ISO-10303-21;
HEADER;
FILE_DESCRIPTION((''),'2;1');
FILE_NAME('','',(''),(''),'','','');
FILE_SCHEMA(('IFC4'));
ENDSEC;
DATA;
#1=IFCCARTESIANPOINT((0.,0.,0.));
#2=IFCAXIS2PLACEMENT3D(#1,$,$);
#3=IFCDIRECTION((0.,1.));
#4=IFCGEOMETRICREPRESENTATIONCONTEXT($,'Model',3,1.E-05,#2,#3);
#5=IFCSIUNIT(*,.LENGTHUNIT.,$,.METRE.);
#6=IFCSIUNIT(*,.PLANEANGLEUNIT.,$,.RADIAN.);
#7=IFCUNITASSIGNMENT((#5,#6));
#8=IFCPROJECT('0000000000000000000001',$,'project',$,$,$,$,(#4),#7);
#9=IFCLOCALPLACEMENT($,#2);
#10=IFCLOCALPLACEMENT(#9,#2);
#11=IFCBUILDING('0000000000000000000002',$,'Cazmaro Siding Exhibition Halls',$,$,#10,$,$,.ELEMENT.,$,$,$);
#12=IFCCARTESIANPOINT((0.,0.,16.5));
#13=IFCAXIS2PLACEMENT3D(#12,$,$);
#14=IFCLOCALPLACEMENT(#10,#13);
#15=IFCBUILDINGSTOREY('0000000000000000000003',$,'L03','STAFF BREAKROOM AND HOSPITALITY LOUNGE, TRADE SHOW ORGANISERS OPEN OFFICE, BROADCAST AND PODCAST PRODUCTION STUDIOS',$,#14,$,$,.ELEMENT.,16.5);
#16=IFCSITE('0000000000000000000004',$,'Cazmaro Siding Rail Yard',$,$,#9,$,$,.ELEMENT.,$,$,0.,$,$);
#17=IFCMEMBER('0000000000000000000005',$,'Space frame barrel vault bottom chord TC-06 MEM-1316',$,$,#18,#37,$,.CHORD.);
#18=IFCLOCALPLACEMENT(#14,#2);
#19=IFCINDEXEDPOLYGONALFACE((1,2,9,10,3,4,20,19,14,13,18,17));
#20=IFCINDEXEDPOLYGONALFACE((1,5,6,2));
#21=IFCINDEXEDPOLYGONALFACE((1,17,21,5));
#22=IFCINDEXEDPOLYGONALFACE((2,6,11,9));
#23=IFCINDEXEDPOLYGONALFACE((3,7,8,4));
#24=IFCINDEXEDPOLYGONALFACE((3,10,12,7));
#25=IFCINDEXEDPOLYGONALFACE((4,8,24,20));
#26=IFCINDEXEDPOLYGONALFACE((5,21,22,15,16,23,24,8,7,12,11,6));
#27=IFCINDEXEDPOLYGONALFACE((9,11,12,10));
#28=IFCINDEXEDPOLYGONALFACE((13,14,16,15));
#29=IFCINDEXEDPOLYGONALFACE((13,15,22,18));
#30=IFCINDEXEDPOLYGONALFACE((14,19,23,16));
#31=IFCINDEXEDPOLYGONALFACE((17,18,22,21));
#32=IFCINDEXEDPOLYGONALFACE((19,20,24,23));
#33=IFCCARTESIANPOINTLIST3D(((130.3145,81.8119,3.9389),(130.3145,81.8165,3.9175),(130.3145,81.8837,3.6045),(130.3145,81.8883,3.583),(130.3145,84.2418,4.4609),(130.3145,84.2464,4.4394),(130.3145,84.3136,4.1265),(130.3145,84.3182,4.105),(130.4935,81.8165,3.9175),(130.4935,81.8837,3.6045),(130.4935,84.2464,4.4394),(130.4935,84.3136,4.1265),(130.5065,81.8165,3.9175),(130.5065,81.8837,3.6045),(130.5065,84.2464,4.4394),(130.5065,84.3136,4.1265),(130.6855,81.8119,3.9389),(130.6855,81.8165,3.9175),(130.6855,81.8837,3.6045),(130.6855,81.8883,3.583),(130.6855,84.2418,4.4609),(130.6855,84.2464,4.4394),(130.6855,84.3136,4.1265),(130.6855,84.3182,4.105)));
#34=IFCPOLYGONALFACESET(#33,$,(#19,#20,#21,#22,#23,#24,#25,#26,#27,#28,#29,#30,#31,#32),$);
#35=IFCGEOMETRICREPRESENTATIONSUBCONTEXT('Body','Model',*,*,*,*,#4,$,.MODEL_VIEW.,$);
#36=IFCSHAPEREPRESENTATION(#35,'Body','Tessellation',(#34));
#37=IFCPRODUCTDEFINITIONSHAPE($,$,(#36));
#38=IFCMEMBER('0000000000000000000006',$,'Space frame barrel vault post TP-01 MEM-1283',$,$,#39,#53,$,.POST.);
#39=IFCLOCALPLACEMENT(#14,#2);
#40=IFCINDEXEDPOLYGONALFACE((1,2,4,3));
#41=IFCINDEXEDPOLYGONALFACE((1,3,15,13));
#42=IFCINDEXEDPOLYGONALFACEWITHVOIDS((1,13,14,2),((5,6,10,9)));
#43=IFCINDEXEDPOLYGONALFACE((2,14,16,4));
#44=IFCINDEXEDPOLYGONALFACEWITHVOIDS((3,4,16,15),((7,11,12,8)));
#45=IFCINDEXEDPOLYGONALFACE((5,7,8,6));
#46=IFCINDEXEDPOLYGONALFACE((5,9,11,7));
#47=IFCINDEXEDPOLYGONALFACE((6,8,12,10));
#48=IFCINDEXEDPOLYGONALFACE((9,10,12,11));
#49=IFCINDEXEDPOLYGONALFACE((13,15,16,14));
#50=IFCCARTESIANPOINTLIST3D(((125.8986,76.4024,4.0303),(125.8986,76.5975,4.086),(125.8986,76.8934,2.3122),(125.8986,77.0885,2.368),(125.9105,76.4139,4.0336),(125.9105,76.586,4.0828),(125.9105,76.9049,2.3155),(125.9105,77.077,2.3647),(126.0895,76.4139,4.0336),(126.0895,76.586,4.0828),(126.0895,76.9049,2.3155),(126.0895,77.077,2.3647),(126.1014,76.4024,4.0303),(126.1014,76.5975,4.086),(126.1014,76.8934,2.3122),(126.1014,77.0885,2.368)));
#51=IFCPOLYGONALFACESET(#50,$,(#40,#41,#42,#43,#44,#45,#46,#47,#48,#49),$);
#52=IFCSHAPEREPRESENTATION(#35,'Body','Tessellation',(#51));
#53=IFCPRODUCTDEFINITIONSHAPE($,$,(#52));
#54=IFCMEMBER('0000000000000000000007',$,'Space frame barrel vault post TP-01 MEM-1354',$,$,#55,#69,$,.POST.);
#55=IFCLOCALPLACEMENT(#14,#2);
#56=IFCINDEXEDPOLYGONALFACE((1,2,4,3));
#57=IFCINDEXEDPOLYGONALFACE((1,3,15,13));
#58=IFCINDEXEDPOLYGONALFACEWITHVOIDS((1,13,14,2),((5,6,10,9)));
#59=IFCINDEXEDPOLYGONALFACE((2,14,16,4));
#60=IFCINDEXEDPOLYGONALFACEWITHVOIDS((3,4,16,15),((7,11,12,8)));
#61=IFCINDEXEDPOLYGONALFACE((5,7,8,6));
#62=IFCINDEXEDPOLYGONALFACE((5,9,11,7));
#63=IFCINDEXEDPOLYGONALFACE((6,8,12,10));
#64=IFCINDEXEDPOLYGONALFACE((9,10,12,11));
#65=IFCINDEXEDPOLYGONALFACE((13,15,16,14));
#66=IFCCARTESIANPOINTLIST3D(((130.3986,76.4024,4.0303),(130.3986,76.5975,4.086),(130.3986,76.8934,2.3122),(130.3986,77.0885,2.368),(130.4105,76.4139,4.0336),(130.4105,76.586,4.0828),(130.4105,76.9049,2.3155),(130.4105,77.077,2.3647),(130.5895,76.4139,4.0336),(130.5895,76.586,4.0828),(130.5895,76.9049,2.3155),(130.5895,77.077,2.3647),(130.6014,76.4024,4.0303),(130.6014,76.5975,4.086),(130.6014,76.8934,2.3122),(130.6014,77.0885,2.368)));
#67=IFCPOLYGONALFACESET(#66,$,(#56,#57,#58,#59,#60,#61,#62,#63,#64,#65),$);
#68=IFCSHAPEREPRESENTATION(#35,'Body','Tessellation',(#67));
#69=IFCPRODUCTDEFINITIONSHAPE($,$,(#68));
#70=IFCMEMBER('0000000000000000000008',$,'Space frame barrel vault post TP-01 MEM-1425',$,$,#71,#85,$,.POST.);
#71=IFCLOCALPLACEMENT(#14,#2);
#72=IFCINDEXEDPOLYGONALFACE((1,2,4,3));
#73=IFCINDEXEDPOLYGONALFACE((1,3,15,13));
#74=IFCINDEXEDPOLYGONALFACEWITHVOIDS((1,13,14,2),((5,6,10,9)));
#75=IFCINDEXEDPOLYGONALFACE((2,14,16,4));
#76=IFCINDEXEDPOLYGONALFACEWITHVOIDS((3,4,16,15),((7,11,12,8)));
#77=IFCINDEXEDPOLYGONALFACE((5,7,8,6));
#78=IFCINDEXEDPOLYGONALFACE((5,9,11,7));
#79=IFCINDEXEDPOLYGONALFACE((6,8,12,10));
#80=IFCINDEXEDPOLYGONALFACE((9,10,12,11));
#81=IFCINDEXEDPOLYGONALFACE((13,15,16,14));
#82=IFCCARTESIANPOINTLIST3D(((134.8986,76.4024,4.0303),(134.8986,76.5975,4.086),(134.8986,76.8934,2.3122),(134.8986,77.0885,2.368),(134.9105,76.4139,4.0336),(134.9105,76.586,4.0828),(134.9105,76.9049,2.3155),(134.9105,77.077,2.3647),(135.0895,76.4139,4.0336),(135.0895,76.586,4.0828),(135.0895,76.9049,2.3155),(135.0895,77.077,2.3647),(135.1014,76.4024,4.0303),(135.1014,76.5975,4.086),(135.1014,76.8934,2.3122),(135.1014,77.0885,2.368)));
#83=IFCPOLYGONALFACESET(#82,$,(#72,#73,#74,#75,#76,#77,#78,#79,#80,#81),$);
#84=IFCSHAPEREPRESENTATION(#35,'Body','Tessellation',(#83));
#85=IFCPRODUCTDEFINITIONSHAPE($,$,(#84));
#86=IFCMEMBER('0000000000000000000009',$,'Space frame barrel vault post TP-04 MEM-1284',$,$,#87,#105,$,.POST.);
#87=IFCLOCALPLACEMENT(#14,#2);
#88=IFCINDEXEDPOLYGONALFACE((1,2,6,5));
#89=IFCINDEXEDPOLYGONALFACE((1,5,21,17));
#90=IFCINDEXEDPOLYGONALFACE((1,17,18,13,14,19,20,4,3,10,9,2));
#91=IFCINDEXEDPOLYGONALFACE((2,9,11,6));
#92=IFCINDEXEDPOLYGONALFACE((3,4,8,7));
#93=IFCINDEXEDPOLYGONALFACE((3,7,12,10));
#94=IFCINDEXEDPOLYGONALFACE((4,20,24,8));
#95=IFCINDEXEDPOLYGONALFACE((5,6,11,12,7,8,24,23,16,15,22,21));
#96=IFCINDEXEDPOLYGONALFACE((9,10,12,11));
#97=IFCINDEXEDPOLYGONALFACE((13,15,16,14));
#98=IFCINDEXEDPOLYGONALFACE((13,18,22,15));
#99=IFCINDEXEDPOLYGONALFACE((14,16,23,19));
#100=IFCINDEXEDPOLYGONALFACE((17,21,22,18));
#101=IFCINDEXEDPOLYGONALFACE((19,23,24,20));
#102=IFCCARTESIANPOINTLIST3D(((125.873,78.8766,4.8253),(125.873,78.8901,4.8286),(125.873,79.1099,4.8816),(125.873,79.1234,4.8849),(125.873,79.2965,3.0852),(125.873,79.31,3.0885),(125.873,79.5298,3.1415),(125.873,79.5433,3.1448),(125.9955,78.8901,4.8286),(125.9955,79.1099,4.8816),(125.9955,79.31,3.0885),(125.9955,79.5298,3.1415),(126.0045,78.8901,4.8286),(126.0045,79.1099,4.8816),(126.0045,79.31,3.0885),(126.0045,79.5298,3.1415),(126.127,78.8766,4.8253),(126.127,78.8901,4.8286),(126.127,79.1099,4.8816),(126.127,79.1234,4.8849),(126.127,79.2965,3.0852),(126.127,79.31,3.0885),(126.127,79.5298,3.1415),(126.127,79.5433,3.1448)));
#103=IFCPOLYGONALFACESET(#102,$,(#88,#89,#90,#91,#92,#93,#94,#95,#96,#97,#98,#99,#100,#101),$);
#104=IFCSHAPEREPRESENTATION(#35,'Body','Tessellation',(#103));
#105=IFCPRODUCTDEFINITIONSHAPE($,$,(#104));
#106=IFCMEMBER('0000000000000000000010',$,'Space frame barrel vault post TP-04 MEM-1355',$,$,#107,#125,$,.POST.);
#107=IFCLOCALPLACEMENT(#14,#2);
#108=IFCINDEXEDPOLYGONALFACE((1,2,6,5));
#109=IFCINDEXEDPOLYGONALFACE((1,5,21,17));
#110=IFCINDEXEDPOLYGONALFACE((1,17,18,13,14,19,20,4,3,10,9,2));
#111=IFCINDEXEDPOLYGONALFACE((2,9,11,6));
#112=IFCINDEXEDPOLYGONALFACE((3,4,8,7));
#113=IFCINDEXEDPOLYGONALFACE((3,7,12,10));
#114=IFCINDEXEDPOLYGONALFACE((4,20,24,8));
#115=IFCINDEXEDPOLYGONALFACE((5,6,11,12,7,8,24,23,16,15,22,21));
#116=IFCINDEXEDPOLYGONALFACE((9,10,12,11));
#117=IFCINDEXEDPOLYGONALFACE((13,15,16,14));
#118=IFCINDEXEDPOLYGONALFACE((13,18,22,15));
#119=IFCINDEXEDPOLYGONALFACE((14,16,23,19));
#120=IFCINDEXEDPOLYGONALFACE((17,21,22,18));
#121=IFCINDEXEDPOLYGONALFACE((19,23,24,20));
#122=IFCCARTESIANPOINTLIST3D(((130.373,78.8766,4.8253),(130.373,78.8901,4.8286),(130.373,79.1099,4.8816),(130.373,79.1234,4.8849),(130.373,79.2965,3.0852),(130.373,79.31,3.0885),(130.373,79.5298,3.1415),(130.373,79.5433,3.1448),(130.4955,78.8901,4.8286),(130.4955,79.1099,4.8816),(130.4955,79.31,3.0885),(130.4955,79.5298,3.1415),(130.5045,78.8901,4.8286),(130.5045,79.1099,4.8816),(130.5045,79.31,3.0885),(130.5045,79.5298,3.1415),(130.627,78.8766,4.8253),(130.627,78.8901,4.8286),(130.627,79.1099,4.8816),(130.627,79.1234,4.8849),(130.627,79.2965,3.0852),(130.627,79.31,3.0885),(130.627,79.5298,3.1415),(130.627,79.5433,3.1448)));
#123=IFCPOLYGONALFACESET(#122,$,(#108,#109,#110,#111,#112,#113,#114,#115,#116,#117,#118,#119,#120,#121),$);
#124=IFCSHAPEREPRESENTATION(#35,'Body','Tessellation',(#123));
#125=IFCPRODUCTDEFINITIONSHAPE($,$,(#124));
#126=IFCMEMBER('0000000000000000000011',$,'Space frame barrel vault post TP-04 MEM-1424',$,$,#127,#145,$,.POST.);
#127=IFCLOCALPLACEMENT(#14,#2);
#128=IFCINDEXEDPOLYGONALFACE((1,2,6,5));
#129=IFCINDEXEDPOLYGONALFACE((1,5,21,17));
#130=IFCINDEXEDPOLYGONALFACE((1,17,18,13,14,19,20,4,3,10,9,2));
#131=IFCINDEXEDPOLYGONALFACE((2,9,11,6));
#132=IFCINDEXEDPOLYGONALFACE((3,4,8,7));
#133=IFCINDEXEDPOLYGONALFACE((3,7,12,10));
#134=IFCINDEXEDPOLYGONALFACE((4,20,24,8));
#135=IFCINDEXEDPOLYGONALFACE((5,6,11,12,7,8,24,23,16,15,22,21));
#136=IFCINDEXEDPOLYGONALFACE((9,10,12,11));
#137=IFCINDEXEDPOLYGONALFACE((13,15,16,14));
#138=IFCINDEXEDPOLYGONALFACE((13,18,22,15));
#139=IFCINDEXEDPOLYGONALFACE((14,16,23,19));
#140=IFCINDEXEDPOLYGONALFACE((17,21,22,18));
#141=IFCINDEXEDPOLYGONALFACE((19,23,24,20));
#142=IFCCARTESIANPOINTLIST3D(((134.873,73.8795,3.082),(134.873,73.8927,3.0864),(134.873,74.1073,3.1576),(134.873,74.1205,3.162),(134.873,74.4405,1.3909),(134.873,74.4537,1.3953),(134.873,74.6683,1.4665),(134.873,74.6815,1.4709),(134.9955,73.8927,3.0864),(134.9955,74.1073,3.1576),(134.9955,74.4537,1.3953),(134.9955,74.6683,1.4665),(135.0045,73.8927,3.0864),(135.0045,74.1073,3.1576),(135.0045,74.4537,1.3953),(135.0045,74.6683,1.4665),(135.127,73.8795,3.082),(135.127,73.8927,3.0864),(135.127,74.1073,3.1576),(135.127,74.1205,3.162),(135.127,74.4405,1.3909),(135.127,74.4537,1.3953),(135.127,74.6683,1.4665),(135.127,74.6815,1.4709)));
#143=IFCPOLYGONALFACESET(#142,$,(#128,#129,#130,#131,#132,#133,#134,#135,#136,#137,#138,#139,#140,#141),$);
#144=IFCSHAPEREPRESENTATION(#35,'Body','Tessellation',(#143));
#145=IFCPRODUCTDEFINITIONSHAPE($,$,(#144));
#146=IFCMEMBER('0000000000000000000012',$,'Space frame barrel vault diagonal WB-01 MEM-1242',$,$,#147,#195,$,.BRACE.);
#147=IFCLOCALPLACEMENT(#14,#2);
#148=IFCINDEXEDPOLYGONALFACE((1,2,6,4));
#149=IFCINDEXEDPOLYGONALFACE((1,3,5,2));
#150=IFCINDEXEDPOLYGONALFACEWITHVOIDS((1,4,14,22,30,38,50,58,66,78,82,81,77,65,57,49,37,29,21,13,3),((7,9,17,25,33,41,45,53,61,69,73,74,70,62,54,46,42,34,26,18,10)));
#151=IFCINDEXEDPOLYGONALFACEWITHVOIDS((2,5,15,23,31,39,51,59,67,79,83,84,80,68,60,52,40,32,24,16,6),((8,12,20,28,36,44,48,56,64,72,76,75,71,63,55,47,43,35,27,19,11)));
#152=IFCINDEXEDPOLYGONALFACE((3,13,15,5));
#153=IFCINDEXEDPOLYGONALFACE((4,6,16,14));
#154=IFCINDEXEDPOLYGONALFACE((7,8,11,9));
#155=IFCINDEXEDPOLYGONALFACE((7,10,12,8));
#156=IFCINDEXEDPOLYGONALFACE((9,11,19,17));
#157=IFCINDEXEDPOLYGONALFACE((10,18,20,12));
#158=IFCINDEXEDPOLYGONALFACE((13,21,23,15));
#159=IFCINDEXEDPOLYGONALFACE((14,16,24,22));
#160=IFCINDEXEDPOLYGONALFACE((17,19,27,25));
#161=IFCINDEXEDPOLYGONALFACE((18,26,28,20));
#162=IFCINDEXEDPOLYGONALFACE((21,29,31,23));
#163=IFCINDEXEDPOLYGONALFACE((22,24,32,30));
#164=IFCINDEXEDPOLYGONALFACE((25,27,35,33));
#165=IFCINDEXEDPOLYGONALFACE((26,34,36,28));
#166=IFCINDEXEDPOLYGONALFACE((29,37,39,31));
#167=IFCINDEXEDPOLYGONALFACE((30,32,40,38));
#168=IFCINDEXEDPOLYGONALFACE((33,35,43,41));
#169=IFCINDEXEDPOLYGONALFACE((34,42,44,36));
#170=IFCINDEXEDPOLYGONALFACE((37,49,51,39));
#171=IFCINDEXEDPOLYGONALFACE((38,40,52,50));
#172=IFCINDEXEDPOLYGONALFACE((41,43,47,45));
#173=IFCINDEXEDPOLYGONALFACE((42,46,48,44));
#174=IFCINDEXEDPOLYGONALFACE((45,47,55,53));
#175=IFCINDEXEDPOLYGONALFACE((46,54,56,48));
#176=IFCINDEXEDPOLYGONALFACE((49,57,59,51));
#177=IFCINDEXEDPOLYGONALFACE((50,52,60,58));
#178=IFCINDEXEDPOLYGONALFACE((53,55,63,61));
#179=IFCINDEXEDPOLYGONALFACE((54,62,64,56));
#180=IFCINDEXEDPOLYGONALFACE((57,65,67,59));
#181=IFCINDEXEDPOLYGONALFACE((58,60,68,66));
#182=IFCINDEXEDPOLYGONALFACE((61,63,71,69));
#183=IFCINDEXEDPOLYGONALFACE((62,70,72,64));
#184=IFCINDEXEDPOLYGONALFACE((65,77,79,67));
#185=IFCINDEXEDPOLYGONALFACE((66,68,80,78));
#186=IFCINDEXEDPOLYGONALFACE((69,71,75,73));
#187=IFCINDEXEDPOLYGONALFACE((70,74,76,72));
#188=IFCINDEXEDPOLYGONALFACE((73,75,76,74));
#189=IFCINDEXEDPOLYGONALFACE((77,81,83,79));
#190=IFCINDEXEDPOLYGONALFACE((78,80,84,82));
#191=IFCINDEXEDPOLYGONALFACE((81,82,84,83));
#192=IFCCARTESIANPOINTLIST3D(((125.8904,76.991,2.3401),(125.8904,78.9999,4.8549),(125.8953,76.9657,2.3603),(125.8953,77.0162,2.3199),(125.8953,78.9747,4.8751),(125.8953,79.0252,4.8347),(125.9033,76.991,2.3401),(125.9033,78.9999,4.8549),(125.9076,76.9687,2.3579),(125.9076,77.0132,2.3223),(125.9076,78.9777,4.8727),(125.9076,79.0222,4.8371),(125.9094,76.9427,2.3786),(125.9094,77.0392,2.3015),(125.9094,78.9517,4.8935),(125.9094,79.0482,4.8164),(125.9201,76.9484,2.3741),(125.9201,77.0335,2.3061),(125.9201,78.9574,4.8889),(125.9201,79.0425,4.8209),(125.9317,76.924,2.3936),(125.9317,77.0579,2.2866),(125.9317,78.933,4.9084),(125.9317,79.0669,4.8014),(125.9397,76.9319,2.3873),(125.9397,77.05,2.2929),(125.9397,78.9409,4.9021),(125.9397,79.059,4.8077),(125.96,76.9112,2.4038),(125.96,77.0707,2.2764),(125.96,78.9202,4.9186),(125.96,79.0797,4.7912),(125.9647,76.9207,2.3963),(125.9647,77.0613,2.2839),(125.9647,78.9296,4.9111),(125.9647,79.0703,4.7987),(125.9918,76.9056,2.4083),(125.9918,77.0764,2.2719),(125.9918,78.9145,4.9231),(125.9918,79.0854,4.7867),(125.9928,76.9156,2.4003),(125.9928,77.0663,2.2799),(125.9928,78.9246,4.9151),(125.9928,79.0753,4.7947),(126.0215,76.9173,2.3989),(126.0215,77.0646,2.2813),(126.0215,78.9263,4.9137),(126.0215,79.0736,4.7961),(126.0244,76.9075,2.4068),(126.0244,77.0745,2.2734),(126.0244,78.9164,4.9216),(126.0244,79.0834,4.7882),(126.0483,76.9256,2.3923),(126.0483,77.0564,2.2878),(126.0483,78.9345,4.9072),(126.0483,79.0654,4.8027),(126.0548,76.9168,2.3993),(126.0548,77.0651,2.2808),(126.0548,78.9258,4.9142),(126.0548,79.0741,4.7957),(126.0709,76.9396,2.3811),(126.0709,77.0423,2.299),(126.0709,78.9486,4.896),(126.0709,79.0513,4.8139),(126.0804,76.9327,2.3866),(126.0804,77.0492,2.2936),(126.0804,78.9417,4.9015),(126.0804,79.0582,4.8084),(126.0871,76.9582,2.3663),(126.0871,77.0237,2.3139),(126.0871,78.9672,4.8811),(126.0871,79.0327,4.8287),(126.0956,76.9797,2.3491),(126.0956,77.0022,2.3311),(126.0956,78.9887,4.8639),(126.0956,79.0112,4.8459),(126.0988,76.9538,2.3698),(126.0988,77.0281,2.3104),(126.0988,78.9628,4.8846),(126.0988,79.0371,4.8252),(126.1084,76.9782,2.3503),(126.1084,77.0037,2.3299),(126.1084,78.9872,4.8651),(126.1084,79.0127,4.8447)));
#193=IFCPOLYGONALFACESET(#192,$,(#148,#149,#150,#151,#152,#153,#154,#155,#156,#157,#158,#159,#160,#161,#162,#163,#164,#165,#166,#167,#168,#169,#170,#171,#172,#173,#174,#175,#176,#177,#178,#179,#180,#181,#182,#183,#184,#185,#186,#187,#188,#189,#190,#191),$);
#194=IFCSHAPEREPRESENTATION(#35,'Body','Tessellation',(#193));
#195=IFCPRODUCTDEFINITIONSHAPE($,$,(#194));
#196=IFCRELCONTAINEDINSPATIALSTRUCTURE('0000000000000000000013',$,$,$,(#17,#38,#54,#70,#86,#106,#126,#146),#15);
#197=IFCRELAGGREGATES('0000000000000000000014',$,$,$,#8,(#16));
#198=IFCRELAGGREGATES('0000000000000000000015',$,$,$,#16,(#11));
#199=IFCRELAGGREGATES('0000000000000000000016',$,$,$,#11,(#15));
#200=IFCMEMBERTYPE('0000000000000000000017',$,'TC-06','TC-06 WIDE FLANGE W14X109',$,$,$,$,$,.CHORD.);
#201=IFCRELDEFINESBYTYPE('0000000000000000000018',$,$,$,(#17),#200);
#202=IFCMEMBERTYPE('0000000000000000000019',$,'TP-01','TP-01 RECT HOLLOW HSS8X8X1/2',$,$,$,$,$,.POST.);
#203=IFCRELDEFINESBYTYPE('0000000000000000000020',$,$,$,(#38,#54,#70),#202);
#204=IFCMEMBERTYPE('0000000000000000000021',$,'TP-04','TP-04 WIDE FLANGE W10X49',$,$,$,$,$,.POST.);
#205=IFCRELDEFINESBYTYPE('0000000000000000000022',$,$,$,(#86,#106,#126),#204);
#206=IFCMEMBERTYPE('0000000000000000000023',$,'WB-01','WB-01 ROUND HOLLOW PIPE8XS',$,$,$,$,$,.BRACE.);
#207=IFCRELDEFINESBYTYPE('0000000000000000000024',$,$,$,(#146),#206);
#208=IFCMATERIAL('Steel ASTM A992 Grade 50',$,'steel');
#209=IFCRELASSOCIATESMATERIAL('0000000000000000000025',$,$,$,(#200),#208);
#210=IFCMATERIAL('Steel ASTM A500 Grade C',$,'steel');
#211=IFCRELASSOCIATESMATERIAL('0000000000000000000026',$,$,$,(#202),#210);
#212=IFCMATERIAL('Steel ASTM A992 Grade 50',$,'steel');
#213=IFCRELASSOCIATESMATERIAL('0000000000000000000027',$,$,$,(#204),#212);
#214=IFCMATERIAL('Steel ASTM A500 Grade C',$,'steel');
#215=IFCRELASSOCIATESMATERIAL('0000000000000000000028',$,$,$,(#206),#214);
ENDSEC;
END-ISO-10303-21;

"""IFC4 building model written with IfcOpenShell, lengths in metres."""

from ifc_helpers import new_model, si_unit, direction, frame, origin, origin_2d, place, context, subcontext, project, spatial, hollow_rectangle, hollow_circle, i_section, extrude, material, material_profile, profile_set, type_object, element, save


model = new_model("IFC4")

# Units and contexts
model_context = context("Model", 3, precision=1e-05, world=origin(), true_north=direction((0.0, 1.0)))
body_context = subcontext(model_context, "Body", "Model", "MODEL_VIEW")
ifc_project = project(units=[si_unit("LENGTHUNIT", "METRE"), si_unit("PLANEANGLEUNIT", "RADIAN")], contexts=[model_context])

# Site, building, storey
site_placement = place(None, origin())
site = spatial("IfcSite", under=ifc_project, at=site_placement, Name="Cazmaro Siding Rail Yard", CompositionType="ELEMENT", RefElevation=0.0)
building_placement = place(site_placement, origin())
building = spatial("IfcBuilding", under=site, at=building_placement, Name="Cazmaro Siding Exhibition Halls", CompositionType="ELEMENT")
storey_placement = place(building_placement, frame((0.0, 0.0, 16.5)))
storey = spatial("IfcBuildingStorey", under=building, at=storey_placement, Name="L03", Description="STAFF BREAKROOM AND HOSPITALITY LOUNGE, TRADE SHOW ORGANISERS OPEN OFFICE, BROADCAST AND PODCAST PRODUCTION STUDIOS", CompositionType="ELEMENT", Elevation=16.5)

# Members
ifc_material_1 = material(Name="Steel ASTM A992 Grade 50", Category="steel")
ifc_material_profile_1 = material_profile(ifc_material_1, i_section(OverallWidth=0.3711, OverallDepth=0.364, WebThickness=0.0129, FlangeThickness=0.022, at=origin_2d()), Name="W14X109")
ifc_profile_set_1 = profile_set([ifc_material_profile_1], Name="Steel ASTM A992 Grade 50")
member_type_1 = type_object("IfcMemberType", Name="TC-06", Description="TC-06 WIDE FLANGE W14X109", PredefinedType="CHORD", material=ifc_profile_set_1)
member_1_placement = place(storey_placement, frame((130.5, 81.8501, 3.761), z_axis=(0.0, 0.977697, 0.210019), x_axis=(-1.0, 0.0, 0.0)))
element("IfcMember", 1, at=member_1_placement, inside=storey, type_object=member_type_1, Name="Space frame barrel vault bottom chord TC-06 MEM-1316", PredefinedType="CHORD", context=body_context, shape_type="SweptSolid", body=[
    extrude(i_section(OverallWidth=0.3711, OverallDepth=0.364, WebThickness=0.0129, FlangeThickness=0.022, at=origin_2d()), origin(), (0.0, 0.0, 1.0), 2.4854),
])
ifc_material_2 = material(Name="Steel ASTM A500 Grade C", Category="steel")
ifc_material_profile_2 = material_profile(ifc_material_2, hollow_rectangle(XDim=0.2029, YDim=0.2029, WallThickness=0.012, at=origin_2d()), Name="HSS8X8X1/2")
ifc_profile_set_2 = profile_set([ifc_material_profile_2], Name="Steel ASTM A500 Grade C")
member_type_2 = type_object("IfcMemberType", Name="TP-01", Description="TP-01 RECT HOLLOW HSS8X8X1/2", PredefinedType="POST", material=ifc_profile_set_2)
for number, where, z_axis, x_axis, name in (
    (2, (126.0, 76.991, 2.3401), (0.0, -0.274775, 0.961508), (1.0, 0.0, 0.0), "Space frame barrel vault post TP-01 MEM-1283"),
    (3, (130.5, 76.991, 2.3401), (0.0, -0.274775, 0.961508), (1.0, 0.0, 0.0), "Space frame barrel vault post TP-01 MEM-1354"),
    (4, (135.0, 76.991, 2.3401), (0.0, -0.274775, 0.961508), (1.0, 0.0, 0.0), "Space frame barrel vault post TP-01 MEM-1425"),
):
    element("IfcMember", number, at=place(storey_placement, frame(where, z_axis=z_axis, x_axis=x_axis)), inside=storey, type_object=member_type_2, Name=name, PredefinedType="POST", context=body_context, shape_type="SweptSolid", body=[
        extrude(hollow_rectangle(XDim=0.2029, YDim=0.2029, WallThickness=0.012, at=origin_2d()), origin(), (0.0, 0.0, 1.0), 1.7869),
    ])
ifc_material_3 = material(Name="Steel ASTM A992 Grade 50", Category="steel")
ifc_material_profile_3 = material_profile(ifc_material_3, i_section(OverallWidth=0.2539, OverallDepth=0.2539, WebThickness=0.009, FlangeThickness=0.0139, at=origin_2d()), Name="W10X49")
ifc_profile_set_3 = profile_set([ifc_material_profile_3], Name="Steel ASTM A992 Grade 50")
member_type_3 = type_object("IfcMemberType", Name="TP-04", Description="TP-04 WIDE FLANGE W10X49", PredefinedType="POST", material=ifc_profile_set_3)
for number, where, z_axis, x_axis, name in (
    (5, (126.0, 79.4199, 3.115), (0.0, -0.234601, 0.972092), (1.0, 0.0, 0.0), "Space frame barrel vault post TP-04 MEM-1284"),
    (6, (130.5, 79.4199, 3.115), (0.0, -0.234601, 0.972092), (1.0, 0.0, 0.0), "Space frame barrel vault post TP-04 MEM-1355"),
):
    element("IfcMember", number, at=place(storey_placement, frame(where, z_axis=z_axis, x_axis=x_axis)), inside=storey, type_object=member_type_3, Name=name, PredefinedType="POST", context=body_context, shape_type="SweptSolid", body=[
        extrude(i_section(OverallWidth=0.2539, OverallDepth=0.2539, WebThickness=0.009, FlangeThickness=0.0139, at=origin_2d()), origin(), (0.0, 0.0, 1.0), 1.79),
    ])
member_2_placement = place(storey_placement, frame((135.0, 74.561, 1.4309), z_axis=(0.0, -0.314871, 0.949134), x_axis=(1.0, 0.0, 0.0)))
element("IfcMember", 7, at=member_2_placement, inside=storey, type_object=member_type_3, Name="Space frame barrel vault post TP-04 MEM-1424", PredefinedType="POST", context=body_context, shape_type="SweptSolid", body=[
    extrude(i_section(OverallWidth=0.2539, OverallDepth=0.2539, WebThickness=0.009, FlangeThickness=0.0139, at=origin_2d()), origin(), (0.0, 0.0, 1.0), 1.7817),
])
ifc_material_4 = material(Name="Steel ASTM A500 Grade C", Category="steel")
ifc_material_profile_4 = material_profile(ifc_material_4, hollow_circle(Radius=0.1096, WallThickness=0.0129, at=origin_2d()), Name="PIPE8XS")
ifc_profile_set_4 = profile_set([ifc_material_profile_4], Name="Steel ASTM A500 Grade C")
member_type_4 = type_object("IfcMemberType", Name="WB-01", Description="WB-01 ROUND HOLLOW PIPE8XS", PredefinedType="BRACE", material=ifc_profile_set_4)
member_3_placement = place(storey_placement, frame((126.0, 76.991, 2.3401), z_axis=(0.0, 0.624149, 0.781305), x_axis=(-1.0, 0.0, 0.0)))
element("IfcMember", 8, at=member_3_placement, inside=storey, type_object=member_type_4, Name="Space frame barrel vault diagonal WB-01 MEM-1242", PredefinedType="BRACE", context=body_context, shape_type="SweptSolid", body=[
    extrude(hollow_circle(Radius=0.1096, WallThickness=0.0129, at=origin_2d()), origin(), (0.0, 0.0, 1.0), 3.2188),
])

save(model, "model.ifc")
